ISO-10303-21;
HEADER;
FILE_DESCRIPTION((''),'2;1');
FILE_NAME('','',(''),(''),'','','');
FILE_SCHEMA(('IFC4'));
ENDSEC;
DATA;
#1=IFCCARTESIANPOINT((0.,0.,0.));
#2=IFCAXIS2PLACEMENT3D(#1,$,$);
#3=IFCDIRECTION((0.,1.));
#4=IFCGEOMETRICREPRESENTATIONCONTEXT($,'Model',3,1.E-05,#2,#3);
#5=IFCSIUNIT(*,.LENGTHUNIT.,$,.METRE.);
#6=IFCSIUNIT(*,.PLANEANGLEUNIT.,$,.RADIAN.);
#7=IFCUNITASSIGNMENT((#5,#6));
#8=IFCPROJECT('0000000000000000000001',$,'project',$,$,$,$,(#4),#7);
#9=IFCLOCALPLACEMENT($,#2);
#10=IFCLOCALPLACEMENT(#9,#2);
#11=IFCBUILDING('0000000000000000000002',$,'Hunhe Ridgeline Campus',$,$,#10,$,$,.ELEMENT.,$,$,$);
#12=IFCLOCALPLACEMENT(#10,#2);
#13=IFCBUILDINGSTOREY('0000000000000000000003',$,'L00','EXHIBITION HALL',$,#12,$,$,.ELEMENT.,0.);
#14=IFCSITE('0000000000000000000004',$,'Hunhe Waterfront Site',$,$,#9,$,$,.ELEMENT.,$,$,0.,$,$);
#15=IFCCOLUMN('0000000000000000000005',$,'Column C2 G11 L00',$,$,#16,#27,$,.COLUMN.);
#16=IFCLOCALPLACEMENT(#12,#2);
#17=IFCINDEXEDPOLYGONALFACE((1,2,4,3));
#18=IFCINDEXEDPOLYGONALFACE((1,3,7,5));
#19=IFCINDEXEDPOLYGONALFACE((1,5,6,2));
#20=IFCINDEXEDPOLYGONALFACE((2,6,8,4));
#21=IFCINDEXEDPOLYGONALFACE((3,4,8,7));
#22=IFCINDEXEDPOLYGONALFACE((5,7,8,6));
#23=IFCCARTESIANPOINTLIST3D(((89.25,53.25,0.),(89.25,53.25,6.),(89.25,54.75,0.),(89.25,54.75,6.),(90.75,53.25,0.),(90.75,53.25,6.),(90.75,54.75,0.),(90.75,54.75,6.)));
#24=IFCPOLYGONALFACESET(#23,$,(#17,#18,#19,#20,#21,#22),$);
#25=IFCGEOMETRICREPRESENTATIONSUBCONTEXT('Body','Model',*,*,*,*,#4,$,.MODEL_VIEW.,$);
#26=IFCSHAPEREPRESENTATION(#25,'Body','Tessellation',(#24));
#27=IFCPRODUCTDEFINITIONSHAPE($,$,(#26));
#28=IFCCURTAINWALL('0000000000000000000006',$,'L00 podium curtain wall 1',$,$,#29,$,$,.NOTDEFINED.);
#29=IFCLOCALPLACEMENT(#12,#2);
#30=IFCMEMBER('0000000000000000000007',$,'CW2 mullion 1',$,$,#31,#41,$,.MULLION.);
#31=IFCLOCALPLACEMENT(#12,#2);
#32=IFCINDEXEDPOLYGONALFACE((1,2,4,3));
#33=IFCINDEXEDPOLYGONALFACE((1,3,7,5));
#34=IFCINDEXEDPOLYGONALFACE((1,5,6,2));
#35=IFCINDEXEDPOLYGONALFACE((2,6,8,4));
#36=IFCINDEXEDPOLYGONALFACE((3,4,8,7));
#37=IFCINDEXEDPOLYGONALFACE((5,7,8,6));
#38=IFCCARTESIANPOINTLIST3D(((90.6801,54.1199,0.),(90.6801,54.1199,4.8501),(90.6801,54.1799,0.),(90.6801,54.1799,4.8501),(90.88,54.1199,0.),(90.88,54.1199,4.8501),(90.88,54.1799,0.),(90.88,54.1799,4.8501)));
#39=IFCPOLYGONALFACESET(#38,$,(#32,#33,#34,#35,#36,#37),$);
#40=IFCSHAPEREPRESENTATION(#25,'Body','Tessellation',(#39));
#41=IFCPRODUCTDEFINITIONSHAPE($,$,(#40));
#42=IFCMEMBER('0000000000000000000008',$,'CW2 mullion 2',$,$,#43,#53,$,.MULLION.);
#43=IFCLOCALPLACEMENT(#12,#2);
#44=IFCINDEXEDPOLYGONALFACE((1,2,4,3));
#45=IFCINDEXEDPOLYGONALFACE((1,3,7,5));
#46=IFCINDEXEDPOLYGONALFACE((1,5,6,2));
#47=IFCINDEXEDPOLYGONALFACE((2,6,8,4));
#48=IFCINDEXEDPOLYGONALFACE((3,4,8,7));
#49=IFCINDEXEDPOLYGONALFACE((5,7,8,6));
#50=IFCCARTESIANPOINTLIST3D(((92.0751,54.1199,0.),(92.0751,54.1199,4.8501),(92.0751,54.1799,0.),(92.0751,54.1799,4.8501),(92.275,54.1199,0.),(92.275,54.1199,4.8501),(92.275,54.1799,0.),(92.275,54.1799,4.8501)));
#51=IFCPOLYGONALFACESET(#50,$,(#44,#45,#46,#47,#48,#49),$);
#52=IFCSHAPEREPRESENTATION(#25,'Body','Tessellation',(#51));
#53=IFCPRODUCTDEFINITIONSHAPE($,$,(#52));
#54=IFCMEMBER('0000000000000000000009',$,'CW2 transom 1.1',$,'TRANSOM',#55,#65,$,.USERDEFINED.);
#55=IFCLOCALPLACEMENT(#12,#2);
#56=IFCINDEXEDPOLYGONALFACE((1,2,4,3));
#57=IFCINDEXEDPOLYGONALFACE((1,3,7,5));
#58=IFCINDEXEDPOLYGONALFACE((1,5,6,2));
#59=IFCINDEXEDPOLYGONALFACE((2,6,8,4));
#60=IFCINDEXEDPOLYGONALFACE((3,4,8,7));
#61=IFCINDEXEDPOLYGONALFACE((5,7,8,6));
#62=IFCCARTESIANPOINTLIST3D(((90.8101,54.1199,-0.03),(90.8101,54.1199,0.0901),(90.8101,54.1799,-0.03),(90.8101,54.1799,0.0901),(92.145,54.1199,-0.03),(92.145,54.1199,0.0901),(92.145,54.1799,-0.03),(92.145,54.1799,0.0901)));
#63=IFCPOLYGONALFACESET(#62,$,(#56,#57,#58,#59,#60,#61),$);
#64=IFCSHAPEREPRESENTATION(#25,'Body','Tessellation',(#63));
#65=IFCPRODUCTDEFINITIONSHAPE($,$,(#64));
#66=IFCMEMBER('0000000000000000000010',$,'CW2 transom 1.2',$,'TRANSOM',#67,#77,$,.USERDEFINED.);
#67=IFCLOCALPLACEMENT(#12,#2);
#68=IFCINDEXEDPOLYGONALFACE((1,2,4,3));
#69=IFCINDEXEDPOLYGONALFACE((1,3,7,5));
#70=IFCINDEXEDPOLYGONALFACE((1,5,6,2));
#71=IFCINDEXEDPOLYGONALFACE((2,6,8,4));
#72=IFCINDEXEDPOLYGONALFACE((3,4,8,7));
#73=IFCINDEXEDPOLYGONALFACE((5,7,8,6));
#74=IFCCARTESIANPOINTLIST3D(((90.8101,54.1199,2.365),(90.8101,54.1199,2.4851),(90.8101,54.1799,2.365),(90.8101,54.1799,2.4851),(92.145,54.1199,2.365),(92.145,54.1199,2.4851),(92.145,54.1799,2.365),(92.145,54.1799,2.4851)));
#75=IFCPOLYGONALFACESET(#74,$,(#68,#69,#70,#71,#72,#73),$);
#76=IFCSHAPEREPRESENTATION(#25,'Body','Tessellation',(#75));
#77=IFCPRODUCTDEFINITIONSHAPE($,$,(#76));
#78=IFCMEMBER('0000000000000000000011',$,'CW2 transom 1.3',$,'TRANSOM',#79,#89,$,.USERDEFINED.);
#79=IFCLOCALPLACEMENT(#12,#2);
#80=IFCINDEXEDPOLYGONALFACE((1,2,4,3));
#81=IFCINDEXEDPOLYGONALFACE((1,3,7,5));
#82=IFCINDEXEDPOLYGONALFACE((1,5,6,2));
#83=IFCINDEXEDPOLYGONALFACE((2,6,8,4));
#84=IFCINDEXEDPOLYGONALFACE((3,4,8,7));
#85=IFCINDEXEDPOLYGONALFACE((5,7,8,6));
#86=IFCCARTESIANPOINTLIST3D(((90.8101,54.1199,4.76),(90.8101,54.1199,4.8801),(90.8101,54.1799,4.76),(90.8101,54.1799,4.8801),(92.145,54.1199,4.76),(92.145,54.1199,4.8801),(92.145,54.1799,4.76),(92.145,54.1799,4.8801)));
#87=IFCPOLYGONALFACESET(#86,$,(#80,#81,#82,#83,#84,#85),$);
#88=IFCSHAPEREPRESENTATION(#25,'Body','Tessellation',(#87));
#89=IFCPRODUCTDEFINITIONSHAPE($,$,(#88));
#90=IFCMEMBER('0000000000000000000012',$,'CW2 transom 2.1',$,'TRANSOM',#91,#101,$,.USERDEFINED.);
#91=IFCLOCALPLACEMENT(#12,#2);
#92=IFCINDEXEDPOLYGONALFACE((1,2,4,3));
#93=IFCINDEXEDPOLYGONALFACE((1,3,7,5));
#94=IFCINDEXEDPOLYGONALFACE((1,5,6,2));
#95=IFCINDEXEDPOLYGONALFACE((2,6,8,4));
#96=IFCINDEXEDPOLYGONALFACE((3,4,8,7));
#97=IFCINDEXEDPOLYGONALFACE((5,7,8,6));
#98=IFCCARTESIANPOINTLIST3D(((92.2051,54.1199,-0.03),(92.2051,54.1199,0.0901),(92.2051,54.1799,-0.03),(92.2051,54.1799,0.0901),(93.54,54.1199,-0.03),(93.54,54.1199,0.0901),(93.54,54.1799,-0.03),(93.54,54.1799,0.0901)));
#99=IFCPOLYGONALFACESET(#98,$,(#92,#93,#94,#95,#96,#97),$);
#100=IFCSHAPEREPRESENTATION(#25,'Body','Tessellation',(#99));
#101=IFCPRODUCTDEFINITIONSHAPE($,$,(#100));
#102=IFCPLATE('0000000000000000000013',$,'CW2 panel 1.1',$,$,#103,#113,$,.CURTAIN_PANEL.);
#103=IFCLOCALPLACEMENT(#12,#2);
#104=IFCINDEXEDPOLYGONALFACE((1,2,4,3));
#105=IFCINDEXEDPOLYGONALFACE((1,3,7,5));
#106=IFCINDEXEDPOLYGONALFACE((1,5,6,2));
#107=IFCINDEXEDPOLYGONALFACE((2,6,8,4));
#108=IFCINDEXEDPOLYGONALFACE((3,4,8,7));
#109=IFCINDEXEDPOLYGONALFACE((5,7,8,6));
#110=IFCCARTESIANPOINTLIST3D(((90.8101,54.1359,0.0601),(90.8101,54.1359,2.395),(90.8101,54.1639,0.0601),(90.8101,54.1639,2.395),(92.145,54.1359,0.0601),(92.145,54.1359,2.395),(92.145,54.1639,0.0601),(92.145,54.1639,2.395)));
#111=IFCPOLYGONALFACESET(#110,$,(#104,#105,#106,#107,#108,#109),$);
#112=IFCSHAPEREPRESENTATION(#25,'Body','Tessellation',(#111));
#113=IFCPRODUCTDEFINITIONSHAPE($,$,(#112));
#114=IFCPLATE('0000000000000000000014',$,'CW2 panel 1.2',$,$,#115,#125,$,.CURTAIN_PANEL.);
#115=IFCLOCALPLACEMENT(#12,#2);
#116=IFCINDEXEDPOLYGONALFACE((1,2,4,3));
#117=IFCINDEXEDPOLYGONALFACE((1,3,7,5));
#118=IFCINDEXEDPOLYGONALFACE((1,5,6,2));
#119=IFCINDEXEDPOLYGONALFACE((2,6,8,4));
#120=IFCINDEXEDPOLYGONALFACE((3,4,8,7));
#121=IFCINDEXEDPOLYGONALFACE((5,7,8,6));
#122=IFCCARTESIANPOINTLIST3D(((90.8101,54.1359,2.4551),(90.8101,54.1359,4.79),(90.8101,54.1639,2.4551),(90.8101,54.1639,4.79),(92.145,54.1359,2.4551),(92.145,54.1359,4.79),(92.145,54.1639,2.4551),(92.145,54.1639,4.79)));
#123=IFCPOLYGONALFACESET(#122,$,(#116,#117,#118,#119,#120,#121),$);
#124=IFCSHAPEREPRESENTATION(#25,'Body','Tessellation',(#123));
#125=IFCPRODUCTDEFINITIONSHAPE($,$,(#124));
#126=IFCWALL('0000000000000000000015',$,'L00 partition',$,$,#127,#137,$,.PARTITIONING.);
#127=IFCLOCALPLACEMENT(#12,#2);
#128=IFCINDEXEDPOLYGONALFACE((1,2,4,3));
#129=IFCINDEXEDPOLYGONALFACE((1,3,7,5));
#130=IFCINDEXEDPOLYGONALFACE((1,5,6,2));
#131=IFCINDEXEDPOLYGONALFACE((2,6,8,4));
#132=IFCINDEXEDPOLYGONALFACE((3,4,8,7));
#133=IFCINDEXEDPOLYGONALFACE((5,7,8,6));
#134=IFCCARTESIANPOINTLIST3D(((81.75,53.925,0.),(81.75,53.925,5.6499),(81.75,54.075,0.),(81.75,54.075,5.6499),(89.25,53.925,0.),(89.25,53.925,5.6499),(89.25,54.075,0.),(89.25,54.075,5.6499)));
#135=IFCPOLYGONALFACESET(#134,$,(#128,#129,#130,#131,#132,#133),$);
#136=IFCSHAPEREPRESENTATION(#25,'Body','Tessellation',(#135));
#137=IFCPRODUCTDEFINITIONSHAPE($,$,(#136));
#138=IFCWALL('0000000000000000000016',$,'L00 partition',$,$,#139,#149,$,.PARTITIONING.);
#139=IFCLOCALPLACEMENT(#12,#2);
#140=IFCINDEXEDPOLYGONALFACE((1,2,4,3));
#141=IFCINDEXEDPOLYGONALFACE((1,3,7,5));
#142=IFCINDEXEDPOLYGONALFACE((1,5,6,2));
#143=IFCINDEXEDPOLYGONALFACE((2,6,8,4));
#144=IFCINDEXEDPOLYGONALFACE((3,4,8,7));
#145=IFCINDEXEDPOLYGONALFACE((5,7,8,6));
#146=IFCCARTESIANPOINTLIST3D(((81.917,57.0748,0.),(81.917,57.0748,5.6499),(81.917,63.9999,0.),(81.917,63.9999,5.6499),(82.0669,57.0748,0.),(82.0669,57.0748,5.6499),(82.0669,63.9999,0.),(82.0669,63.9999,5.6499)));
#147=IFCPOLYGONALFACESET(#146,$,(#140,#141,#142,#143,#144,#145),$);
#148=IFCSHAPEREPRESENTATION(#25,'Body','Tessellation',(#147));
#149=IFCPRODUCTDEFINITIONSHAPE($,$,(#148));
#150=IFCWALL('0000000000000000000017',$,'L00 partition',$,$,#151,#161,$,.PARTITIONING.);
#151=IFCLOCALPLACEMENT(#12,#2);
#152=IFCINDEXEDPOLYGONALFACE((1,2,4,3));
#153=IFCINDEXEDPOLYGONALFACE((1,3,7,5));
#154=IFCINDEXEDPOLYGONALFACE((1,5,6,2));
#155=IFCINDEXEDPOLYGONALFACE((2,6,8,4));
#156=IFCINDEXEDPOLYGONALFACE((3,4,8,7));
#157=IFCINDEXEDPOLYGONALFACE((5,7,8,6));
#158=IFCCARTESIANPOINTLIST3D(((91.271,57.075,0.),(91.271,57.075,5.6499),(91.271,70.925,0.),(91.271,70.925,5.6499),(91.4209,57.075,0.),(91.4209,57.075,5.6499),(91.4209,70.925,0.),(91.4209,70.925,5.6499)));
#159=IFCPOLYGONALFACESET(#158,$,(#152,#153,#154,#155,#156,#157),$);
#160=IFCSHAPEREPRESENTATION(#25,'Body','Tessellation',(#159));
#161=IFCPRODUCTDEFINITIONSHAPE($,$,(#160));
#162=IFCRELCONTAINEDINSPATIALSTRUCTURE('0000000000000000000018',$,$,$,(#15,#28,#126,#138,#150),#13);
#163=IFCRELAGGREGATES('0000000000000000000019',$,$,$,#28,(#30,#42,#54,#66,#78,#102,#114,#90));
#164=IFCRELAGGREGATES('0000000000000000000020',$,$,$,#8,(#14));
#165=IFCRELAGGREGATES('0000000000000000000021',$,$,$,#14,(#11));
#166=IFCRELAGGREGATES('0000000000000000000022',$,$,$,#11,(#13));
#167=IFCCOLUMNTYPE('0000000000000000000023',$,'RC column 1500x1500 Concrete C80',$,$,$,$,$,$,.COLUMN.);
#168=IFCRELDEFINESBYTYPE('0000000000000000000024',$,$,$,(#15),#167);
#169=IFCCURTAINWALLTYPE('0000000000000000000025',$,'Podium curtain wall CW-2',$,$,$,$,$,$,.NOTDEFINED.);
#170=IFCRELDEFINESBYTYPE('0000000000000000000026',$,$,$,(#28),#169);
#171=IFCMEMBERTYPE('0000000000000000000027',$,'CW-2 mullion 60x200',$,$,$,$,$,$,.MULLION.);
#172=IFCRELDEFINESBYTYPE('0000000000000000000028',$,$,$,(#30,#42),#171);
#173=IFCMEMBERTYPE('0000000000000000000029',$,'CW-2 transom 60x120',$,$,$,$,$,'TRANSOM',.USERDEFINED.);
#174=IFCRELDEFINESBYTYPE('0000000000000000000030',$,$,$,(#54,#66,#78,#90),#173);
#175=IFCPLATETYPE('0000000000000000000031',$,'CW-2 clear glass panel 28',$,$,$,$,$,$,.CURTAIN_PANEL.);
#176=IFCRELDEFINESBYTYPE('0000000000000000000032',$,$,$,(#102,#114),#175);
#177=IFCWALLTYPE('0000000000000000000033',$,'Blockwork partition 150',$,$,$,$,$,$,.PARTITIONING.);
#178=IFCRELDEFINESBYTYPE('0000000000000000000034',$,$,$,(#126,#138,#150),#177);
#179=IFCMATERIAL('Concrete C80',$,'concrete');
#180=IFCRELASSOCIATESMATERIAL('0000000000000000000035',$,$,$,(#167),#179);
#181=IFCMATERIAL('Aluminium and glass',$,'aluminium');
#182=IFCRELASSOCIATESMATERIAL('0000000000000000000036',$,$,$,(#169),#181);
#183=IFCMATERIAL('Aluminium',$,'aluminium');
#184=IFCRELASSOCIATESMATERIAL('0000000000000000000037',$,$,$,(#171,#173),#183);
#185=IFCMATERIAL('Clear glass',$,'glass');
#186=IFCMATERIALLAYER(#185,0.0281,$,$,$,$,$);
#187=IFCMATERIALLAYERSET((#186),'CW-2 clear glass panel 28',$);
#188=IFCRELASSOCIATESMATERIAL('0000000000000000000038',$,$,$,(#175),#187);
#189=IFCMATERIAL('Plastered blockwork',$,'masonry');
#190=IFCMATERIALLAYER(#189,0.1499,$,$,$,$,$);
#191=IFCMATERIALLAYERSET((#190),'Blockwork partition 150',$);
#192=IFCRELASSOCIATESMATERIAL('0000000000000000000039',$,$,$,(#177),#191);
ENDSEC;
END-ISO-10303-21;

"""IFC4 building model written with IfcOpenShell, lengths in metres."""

from ifc_helpers import new_model, si_unit, direction, frame, frame_2d, origin, origin_2d, place, context, subcontext, project, spatial, rectangle, extrude, material, layer, layer_set, material_profile, profile_set, type_object, element, aggregate, save


model = new_model("IFC4")

# Units and contexts
model_context = context("Model", 3, precision=1e-05, world=origin(), true_north=direction((0.0, 1.0)))
body_context = subcontext(model_context, "Body", "Model", "MODEL_VIEW")
ifc_project = project(units=[si_unit("LENGTHUNIT", "METRE"), si_unit("PLANEANGLEUNIT", "RADIAN")], contexts=[model_context])

# Site, building, storey
site_placement = place(None, origin())
site = spatial("IfcSite", under=ifc_project, at=site_placement, Name="Hunhe Waterfront Site", CompositionType="ELEMENT", RefElevation=0.0)
building_placement = place(site_placement, origin())
building = spatial("IfcBuilding", under=site, at=building_placement, Name="Hunhe Ridgeline Campus", CompositionType="ELEMENT")
storey_placement = place(building_placement, origin())
storey = spatial("IfcBuildingStorey", under=building, at=storey_placement, Name="L00", Description="EXHIBITION HALL", CompositionType="ELEMENT", Elevation=0.0)

# Column
ifc_material_1 = material(Name="Concrete C80", Category="concrete")
ifc_material_profile_1 = material_profile(ifc_material_1, rectangle(XDim=1.5, YDim=1.5, at=origin_2d()))
ifc_profile_set_1 = profile_set([ifc_material_profile_1], Name="Concrete C80")
column_type = type_object("IfcColumnType", Name="RC column 1500x1500 Concrete C80", PredefinedType="COLUMN", material=ifc_profile_set_1)
column_placement = place(storey_placement, frame((90.0, 54.0, 0.0), z_axis=(0.0, 0.0, 1.0), x_axis=(1.0, 0.0, 0.0)))
element("IfcColumn", 1, at=column_placement, inside=storey, type_object=column_type, Name="Column C2 G11 L00", PredefinedType="COLUMN", context=body_context, shape_type="SweptSolid", body=[
    extrude(rectangle(XDim=1.5, YDim=1.5, at=origin_2d()), origin(), (0.0, 0.0, 1.0), 6.0),
])

# Curtain wall, members, plates
ifc_material_2 = material(Name="Aluminium and glass", Category="aluminium")
curtain_wall_type = type_object("IfcCurtainWallType", Name="Podium curtain wall CW-2", PredefinedType="NOTDEFINED", material=ifc_material_2)
curtain_wall_placement = place(storey_placement, origin())
curtain_wall = element("IfcCurtainWall", 2, at=curtain_wall_placement, inside=storey, type_object=curtain_wall_type, Name="L00 podium curtain wall 1", PredefinedType="NOTDEFINED")
ifc_material_3 = material(Name="Aluminium", Category="aluminium")
ifc_material_profile_2 = material_profile(ifc_material_3, rectangle(XDim=0.0601, YDim=0.2, at=origin_2d()))
ifc_profile_set_2 = profile_set([ifc_material_profile_2], Name="Aluminium")
member_type_1 = type_object("IfcMemberType", Name="CW-2 mullion 60x200", PredefinedType="MULLION", material=ifc_profile_set_2)
member_1_placement = place(storey_placement, frame((90.78, 54.1499, 0.0), z_axis=(0.0, 0.0, 1.0), x_axis=(0.0, 1.0, 0.0)))
member_1 = element("IfcMember", 3, at=member_1_placement, type_object=member_type_1, Name="CW2 mullion 1", PredefinedType="MULLION", context=body_context, shape_type="SweptSolid", body=[
    extrude(rectangle(XDim=0.0601, YDim=0.2, at=origin_2d()), origin(), (0.0, 0.0, 1.0), 4.8501),
])
member_2_placement = place(storey_placement, frame((92.175, 54.1499, 0.0), z_axis=(0.0, 0.0, 1.0), x_axis=(0.0, 1.0, 0.0)))
member_2 = element("IfcMember", 4, at=member_2_placement, type_object=member_type_1, Name="CW2 mullion 2", PredefinedType="MULLION", context=body_context, shape_type="SweptSolid", body=[
    extrude(rectangle(XDim=0.0601, YDim=0.2, at=origin_2d()), origin(), (0.0, 0.0, 1.0), 4.8501),
])
ifc_material_profile_3 = material_profile(ifc_material_3, rectangle(XDim=0.0601, YDim=0.1201, at=origin_2d()))
ifc_profile_set_3 = profile_set([ifc_material_profile_3], Name="Aluminium")
member_type_2 = type_object("IfcMemberType", Name="CW-2 transom 60x120", ElementType="TRANSOM", PredefinedType="USERDEFINED", material=ifc_profile_set_3)
member_3_placement = place(storey_placement, frame((90.8101, 54.1499, 0.03), z_axis=(1.0, 0.0, 0.0), x_axis=(0.0, 1.0, 0.0)))
member_3 = element("IfcMember", 5, at=member_3_placement, type_object=member_type_2, Name="CW2 transom 1.1", ObjectType="TRANSOM", PredefinedType="USERDEFINED", context=body_context, shape_type="SweptSolid", body=[
    extrude(rectangle(XDim=0.0601, YDim=0.1201, at=origin_2d()), origin(), (0.0, 0.0, 1.0), 1.335),
])
member_4_placement = place(storey_placement, frame((90.8101, 54.1499, 2.425), z_axis=(1.0, 0.0, 0.0), x_axis=(0.0, 1.0, 0.0)))
member_4 = element("IfcMember", 6, at=member_4_placement, type_object=member_type_2, Name="CW2 transom 1.2", ObjectType="TRANSOM", PredefinedType="USERDEFINED", context=body_context, shape_type="SweptSolid", body=[
    extrude(rectangle(XDim=0.0601, YDim=0.1201, at=origin_2d()), origin(), (0.0, 0.0, 1.0), 1.335),
])
member_5_placement = place(storey_placement, frame((90.8101, 54.1499, 4.8201), z_axis=(1.0, 0.0, 0.0), x_axis=(0.0, 1.0, 0.0)))
member_5 = element("IfcMember", 7, at=member_5_placement, type_object=member_type_2, Name="CW2 transom 1.3", ObjectType="TRANSOM", PredefinedType="USERDEFINED", context=body_context, shape_type="SweptSolid", body=[
    extrude(rectangle(XDim=0.0601, YDim=0.1201, at=origin_2d()), origin(), (0.0, 0.0, 1.0), 1.335),
])
member_6_placement = place(storey_placement, frame((92.2051, 54.1499, 0.03), z_axis=(1.0, 0.0, 0.0), x_axis=(0.0, 1.0, 0.0)))
member_6 = element("IfcMember", 8, at=member_6_placement, type_object=member_type_2, Name="CW2 transom 2.1", ObjectType="TRANSOM", PredefinedType="USERDEFINED", context=body_context, shape_type="SweptSolid", body=[
    extrude(rectangle(XDim=0.0601, YDim=0.1201, at=origin_2d()), origin(), (0.0, 0.0, 1.0), 1.335),
])
ifc_material_4 = material(Name="Clear glass", Category="glass")
ifc_layer_1 = layer(ifc_material_4, 0.0281)
ifc_layer_set_1 = layer_set([ifc_layer_1], Name="CW-2 clear glass panel 28")
plate_type = type_object("IfcPlateType", Name="CW-2 clear glass panel 28", PredefinedType="CURTAIN_PANEL", material=ifc_layer_set_1)
plate_1_placement = place(storey_placement, frame((91.4775, 54.1499, 0.0601), z_axis=(0.0, 0.0, 1.0), x_axis=(1.0, 0.0, 0.0)))
plate_1 = element("IfcPlate", 9, at=plate_1_placement, type_object=plate_type, Name="CW2 panel 1.1", PredefinedType="CURTAIN_PANEL", context=body_context, shape_type="SweptSolid", body=[
    extrude(rectangle(XDim=1.335, YDim=0.0281, at=origin_2d()), origin(), (0.0, 0.0, 1.0), 2.335),
])
plate_2_placement = place(storey_placement, frame((91.4775, 54.1499, 2.4551), z_axis=(0.0, 0.0, 1.0), x_axis=(1.0, 0.0, 0.0)))
plate_2 = element("IfcPlate", 10, at=plate_2_placement, type_object=plate_type, Name="CW2 panel 1.2", PredefinedType="CURTAIN_PANEL", context=body_context, shape_type="SweptSolid", body=[
    extrude(rectangle(XDim=1.335, YDim=0.0281, at=origin_2d()), origin(), (0.0, 0.0, 1.0), 2.335),
])
aggregate(curtain_wall, [member_1, member_2, member_3, member_4, member_5, plate_1, plate_2, member_6])

# Walls
ifc_material_5 = material(Name="Plastered blockwork", Category="masonry")
ifc_layer_2 = layer(ifc_material_5, 0.1499)
ifc_layer_set_2 = layer_set([ifc_layer_2], Name="Blockwork partition 150")
wall_type_1 = type_object("IfcWallType", Name="Blockwork partition 150", PredefinedType="PARTITIONING", material=ifc_layer_set_2)
wall_1_placement = place(storey_placement, frame((81.75, 54.0, 0.0), z_axis=(0.0, 0.0, 1.0), x_axis=(1.0, 0.0, 0.0)))
element("IfcWall", 11, at=wall_1_placement, inside=storey, type_object=wall_type_1, Name="L00 partition", PredefinedType="PARTITIONING", context=body_context, shape_type="SweptSolid", body=[
    extrude(rectangle(XDim=7.5, YDim=0.1499, at=frame_2d((3.75, 0.0))), origin(), (0.0, 0.0, 1.0), 5.6499),
])
wall_2_placement = place(storey_placement, frame((81.9919, 57.075, 0.0), z_axis=(0.0, 0.0, 1.0), x_axis=(0.0, 1.0, 0.0)))
element("IfcWall", 12, at=wall_2_placement, inside=storey, type_object=wall_type_1, Name="L00 partition", PredefinedType="PARTITIONING", context=body_context, shape_type="SweptSolid", body=[
    extrude(rectangle(XDim=6.925, YDim=0.1499, at=frame_2d((3.4624, 0.0))), origin(), (0.0, 0.0, 1.0), 5.6499),
])
wall_3_placement = place(storey_placement, frame((91.3459, 57.075, 0.0), z_axis=(0.0, 0.0, 1.0), x_axis=(0.0, 1.0, 0.0)))
element("IfcWall", 13, at=wall_3_placement, inside=storey, type_object=wall_type_1, Name="L00 partition", PredefinedType="PARTITIONING", context=body_context, shape_type="SweptSolid", body=[
    extrude(rectangle(XDim=13.8501, YDim=0.1499, at=frame_2d((6.925, 0.0))), origin(), (0.0, 0.0, 1.0), 5.6499),
])

save(model, "model.ifc")
